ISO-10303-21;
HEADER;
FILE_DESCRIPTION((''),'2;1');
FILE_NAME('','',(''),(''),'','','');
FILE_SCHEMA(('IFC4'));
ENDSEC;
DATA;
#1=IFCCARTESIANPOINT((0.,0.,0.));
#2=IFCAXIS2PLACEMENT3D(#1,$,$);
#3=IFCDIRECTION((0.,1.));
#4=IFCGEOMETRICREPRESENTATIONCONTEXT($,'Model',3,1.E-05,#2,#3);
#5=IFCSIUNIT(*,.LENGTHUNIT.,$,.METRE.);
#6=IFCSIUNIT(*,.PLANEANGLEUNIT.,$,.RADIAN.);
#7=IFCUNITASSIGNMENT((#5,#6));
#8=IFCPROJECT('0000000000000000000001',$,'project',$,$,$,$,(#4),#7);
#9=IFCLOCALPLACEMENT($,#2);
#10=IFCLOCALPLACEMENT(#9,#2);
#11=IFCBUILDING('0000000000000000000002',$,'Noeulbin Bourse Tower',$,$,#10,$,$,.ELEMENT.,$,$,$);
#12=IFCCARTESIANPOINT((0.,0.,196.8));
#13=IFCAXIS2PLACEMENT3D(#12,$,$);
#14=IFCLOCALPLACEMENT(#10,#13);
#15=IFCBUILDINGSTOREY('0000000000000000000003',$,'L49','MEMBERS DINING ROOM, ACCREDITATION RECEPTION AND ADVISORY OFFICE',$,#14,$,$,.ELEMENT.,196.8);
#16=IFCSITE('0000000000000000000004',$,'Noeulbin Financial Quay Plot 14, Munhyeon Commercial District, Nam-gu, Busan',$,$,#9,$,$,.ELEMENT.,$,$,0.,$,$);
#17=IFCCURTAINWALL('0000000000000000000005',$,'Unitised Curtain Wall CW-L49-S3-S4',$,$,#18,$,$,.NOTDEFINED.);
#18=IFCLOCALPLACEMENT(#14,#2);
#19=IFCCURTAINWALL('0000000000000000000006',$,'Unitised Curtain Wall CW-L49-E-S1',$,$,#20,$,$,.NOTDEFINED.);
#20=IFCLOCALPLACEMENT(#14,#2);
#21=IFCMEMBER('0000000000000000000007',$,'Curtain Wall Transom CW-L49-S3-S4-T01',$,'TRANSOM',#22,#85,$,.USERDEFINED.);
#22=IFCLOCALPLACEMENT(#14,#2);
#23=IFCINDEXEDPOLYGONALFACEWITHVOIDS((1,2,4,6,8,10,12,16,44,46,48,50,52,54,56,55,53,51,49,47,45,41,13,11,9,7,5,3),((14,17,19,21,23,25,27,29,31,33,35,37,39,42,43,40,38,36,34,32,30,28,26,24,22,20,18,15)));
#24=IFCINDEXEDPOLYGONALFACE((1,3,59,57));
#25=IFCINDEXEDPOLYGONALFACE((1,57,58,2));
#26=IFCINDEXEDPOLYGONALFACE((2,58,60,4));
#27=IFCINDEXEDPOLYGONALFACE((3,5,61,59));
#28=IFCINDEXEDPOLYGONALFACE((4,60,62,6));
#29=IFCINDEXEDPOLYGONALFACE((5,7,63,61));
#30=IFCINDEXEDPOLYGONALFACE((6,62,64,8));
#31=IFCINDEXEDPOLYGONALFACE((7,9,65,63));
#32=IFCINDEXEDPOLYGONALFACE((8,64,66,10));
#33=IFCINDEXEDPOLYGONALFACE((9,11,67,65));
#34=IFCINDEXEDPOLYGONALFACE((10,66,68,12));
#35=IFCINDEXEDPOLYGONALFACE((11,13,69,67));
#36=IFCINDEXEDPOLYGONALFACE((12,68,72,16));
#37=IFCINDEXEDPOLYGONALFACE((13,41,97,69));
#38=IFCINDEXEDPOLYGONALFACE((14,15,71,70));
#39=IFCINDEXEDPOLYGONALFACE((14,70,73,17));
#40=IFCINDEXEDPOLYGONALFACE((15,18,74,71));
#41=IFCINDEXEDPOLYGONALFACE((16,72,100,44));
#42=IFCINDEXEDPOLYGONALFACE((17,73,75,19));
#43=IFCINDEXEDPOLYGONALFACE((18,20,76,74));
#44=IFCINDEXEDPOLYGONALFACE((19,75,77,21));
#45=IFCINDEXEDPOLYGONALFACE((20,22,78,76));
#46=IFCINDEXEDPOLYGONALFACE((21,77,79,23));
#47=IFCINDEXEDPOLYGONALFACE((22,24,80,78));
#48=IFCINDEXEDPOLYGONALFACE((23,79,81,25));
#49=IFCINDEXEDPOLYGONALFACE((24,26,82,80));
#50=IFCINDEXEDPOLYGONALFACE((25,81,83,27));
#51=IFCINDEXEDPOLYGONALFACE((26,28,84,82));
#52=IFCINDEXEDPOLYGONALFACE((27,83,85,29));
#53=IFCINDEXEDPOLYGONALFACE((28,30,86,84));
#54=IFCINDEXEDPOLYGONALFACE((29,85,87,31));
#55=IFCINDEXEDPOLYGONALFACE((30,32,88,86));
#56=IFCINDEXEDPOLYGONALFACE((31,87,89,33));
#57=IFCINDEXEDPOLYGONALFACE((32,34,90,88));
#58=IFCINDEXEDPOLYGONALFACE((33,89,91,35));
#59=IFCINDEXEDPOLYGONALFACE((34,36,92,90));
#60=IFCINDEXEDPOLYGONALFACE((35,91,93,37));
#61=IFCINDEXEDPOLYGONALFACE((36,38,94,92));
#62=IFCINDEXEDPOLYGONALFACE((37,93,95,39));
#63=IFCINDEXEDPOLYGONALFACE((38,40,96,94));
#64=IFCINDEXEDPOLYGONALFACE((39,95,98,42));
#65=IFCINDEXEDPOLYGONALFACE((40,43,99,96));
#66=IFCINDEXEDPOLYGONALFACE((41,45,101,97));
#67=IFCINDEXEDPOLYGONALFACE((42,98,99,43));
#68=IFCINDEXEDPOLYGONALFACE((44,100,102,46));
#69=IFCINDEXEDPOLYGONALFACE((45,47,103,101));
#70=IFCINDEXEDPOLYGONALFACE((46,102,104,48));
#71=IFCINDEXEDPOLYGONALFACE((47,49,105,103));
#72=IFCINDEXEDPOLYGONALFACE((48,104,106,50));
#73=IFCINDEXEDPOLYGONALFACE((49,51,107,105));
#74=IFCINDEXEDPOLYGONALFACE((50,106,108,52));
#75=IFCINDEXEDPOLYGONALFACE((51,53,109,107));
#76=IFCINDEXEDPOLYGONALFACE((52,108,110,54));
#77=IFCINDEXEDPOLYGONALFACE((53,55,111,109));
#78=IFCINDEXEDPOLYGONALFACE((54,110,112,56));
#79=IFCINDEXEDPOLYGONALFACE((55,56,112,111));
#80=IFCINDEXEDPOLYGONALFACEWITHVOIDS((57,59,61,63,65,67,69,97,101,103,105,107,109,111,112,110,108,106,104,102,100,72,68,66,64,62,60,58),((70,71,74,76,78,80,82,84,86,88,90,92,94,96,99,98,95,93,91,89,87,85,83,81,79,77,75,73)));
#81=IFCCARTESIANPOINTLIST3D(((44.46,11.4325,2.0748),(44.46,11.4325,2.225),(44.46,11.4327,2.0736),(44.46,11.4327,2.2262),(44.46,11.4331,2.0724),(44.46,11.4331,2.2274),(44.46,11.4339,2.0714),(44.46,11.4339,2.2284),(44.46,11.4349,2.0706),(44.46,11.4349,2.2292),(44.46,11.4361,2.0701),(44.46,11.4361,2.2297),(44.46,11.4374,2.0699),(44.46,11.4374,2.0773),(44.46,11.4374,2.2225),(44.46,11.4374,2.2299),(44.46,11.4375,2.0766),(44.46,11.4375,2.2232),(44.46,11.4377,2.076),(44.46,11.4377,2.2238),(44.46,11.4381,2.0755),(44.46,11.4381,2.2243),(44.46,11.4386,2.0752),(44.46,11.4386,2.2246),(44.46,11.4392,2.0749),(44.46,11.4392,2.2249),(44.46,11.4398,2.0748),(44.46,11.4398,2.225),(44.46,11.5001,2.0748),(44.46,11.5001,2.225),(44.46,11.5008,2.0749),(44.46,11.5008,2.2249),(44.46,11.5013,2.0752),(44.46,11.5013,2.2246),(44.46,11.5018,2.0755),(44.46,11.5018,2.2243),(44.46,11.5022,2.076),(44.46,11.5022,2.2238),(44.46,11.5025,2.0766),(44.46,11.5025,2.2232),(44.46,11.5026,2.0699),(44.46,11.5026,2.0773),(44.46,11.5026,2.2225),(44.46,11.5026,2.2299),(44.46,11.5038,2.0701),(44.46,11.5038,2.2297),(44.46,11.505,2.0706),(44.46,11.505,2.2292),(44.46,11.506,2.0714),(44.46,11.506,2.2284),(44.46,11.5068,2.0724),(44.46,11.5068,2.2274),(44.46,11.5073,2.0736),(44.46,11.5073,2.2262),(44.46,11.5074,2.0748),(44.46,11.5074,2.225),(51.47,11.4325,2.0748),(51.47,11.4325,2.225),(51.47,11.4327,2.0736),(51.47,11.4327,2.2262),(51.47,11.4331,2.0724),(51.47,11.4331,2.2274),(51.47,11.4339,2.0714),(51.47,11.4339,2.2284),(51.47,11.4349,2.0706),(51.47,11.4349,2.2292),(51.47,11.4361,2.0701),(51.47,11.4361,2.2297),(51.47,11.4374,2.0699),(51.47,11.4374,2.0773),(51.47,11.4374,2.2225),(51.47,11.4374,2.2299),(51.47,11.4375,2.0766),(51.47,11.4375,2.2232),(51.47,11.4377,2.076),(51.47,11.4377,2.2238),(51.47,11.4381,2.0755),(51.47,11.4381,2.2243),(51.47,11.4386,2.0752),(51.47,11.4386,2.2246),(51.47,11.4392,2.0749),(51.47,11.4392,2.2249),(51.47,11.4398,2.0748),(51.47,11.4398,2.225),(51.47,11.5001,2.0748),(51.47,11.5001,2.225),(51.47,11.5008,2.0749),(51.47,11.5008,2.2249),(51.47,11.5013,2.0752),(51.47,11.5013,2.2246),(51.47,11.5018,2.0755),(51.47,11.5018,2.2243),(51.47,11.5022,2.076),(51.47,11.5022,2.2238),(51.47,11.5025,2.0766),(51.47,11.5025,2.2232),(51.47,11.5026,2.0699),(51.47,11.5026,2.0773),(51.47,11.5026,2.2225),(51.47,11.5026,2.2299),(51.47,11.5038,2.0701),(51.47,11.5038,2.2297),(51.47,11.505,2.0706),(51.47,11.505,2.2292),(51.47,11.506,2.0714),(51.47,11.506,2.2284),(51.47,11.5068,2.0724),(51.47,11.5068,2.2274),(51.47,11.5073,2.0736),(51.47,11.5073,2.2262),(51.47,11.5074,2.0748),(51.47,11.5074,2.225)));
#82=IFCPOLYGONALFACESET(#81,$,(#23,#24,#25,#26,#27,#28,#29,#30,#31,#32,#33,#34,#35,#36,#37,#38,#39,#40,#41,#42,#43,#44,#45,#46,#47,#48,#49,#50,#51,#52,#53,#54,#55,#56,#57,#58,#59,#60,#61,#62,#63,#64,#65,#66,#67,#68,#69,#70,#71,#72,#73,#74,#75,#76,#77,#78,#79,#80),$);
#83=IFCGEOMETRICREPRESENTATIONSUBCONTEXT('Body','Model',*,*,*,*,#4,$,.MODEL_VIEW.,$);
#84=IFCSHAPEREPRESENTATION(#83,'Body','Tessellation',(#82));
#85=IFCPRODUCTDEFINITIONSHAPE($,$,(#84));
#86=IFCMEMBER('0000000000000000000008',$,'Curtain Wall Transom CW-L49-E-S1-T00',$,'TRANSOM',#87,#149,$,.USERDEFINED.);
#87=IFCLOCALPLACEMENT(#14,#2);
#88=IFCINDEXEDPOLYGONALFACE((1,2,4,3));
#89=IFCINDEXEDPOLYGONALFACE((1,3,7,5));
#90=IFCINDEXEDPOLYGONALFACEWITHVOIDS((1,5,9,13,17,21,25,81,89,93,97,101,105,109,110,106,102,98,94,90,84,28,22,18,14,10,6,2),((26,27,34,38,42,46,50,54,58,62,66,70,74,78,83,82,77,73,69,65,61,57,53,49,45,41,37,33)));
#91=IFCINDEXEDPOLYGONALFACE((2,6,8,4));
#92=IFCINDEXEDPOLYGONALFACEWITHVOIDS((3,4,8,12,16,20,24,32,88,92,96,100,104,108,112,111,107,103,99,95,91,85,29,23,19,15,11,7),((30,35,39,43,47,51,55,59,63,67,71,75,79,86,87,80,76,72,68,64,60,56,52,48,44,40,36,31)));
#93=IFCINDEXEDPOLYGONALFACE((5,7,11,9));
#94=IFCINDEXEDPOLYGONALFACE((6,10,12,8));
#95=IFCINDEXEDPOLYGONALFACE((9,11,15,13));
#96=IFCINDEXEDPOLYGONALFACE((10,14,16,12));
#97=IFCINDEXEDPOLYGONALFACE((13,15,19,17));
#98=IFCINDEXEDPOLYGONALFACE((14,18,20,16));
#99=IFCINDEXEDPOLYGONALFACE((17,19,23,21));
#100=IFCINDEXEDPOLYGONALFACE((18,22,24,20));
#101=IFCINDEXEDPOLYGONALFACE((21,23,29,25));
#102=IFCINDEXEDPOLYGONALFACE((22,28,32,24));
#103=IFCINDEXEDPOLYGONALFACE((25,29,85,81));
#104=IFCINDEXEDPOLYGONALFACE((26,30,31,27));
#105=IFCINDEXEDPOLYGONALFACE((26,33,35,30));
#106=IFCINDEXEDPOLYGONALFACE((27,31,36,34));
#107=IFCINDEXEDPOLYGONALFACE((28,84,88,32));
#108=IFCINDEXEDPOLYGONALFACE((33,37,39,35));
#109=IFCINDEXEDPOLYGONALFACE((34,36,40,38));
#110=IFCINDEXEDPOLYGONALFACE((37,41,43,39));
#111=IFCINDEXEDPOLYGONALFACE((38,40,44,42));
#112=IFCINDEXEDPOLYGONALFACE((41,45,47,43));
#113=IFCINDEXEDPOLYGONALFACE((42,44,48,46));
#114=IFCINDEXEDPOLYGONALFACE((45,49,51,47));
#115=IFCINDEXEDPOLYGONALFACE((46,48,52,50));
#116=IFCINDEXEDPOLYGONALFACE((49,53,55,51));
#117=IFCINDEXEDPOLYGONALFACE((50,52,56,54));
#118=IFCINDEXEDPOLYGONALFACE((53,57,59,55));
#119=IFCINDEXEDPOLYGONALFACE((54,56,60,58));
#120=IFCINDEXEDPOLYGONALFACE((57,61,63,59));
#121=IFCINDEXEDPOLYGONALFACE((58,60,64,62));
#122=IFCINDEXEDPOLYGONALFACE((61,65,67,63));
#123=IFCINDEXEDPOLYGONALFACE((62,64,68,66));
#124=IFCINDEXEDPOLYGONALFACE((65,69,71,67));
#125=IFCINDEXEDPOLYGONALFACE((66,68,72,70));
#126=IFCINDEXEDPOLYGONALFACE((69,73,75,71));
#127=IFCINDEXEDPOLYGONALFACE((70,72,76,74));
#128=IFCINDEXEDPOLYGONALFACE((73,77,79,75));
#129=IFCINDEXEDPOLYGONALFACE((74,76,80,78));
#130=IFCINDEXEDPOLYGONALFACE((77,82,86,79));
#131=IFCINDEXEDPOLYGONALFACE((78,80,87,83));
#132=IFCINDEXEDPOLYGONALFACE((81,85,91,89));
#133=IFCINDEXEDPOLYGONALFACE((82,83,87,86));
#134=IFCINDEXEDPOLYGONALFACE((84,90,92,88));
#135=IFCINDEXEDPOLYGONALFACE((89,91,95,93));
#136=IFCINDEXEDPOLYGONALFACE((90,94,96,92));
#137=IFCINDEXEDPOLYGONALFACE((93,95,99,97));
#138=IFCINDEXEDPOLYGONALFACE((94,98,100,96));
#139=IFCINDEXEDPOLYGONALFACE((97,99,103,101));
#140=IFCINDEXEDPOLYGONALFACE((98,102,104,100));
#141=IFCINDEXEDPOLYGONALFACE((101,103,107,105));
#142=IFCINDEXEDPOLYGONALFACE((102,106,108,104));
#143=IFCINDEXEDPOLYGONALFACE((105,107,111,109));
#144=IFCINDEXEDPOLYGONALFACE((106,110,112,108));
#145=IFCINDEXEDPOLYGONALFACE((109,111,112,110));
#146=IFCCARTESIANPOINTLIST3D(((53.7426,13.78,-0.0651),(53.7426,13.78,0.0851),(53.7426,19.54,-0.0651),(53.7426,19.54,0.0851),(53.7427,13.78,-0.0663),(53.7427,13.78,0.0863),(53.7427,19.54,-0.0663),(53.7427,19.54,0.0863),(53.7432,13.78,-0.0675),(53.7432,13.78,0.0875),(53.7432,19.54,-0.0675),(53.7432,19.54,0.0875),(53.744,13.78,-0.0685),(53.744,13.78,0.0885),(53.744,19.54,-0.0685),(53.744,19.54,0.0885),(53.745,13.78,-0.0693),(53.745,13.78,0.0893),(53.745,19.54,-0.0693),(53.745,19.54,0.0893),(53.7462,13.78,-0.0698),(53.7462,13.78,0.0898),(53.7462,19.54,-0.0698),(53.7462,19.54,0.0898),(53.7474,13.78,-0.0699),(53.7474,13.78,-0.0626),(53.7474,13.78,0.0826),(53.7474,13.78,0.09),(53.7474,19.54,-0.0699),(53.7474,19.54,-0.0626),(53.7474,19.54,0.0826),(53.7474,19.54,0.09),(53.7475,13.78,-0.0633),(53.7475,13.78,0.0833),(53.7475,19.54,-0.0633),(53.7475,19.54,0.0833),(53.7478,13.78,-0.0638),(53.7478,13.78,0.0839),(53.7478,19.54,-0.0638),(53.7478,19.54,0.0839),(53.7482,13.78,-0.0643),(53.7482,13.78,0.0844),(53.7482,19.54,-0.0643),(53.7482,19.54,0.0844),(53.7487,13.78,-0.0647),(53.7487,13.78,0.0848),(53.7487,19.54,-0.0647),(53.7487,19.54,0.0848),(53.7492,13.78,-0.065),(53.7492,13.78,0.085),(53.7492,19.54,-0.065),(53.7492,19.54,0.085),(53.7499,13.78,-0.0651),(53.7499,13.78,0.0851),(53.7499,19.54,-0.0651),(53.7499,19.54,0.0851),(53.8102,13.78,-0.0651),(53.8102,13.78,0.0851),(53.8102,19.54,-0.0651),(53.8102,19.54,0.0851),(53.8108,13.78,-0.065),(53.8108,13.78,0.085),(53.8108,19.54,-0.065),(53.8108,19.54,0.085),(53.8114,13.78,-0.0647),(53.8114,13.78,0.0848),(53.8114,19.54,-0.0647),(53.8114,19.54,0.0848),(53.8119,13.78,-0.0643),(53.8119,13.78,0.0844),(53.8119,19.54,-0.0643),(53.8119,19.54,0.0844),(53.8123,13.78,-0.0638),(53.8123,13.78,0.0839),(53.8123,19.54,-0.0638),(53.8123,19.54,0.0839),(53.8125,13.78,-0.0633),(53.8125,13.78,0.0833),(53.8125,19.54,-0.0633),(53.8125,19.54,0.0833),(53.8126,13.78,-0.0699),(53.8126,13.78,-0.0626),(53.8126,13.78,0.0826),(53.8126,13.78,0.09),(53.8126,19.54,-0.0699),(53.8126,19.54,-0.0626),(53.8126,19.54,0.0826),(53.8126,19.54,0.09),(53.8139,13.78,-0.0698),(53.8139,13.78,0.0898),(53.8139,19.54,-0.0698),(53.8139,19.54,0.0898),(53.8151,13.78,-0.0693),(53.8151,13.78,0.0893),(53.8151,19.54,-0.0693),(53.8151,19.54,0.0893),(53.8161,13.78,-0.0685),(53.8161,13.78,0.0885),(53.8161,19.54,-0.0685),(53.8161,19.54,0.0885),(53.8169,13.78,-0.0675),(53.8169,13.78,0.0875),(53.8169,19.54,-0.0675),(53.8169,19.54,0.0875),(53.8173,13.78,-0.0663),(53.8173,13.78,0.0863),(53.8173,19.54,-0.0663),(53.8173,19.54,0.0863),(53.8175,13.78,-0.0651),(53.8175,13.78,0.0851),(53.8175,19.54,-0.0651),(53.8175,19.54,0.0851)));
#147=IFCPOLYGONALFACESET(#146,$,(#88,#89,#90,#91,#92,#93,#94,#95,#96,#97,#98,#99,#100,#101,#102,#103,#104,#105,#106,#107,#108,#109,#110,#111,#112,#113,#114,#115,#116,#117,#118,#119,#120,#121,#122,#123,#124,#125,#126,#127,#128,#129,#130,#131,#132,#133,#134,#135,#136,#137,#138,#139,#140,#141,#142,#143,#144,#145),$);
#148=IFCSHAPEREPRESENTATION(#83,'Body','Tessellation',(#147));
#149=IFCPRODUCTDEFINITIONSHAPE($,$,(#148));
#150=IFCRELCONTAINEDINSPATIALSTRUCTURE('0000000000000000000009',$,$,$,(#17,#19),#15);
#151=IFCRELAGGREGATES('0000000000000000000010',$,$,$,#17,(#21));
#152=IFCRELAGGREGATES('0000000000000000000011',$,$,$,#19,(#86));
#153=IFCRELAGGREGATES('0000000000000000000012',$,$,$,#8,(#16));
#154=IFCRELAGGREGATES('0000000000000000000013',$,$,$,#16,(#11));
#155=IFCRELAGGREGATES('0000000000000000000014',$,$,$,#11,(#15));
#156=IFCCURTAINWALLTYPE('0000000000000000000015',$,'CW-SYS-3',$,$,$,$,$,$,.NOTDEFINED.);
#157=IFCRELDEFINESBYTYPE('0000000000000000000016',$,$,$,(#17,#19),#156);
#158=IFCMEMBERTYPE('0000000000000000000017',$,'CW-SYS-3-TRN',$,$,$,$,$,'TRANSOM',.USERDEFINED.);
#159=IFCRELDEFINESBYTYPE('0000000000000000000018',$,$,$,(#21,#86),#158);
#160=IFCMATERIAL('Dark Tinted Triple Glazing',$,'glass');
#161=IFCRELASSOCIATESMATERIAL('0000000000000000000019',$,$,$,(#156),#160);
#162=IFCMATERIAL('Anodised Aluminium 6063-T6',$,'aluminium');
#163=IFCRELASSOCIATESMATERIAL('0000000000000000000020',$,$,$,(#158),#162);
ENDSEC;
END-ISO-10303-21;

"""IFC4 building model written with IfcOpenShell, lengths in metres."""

from ifc_helpers import new_model, si_unit, direction, frame, origin, origin_2d, place, context, subcontext, project, spatial, hollow_rectangle, extrude, material, material_profile, profile_set, type_object, element, aggregate, save


model = new_model("IFC4")

# Units and contexts
model_context = context("Model", 3, precision=1e-05, world=origin(), true_north=direction((0.0, 1.0)))
body_context = subcontext(model_context, "Body", "Model", "MODEL_VIEW")
ifc_project = project(units=[si_unit("LENGTHUNIT", "METRE"), si_unit("PLANEANGLEUNIT", "RADIAN")], contexts=[model_context])

# Site, building, storey
site_placement = place(None, origin())
site = spatial("IfcSite", under=ifc_project, at=site_placement, Name="Noeulbin Financial Quay Plot 14, Munhyeon Commercial District, Nam-gu, Busan", CompositionType="ELEMENT", RefElevation=0.0)
building_placement = place(site_placement, origin())
building = spatial("IfcBuilding", under=site, at=building_placement, Name="Noeulbin Bourse Tower", CompositionType="ELEMENT")
storey_placement = place(building_placement, frame((0.0, 0.0, 196.8)))
storey = spatial("IfcBuildingStorey", under=building, at=storey_placement, Name="L49", Description="MEMBERS DINING ROOM, ACCREDITATION RECEPTION AND ADVISORY OFFICE", CompositionType="ELEMENT", Elevation=196.8)

# Curtain walls
ifc_material_1 = material(Name="Dark Tinted Triple Glazing", Category="glass")
curtain_wall_type = type_object("IfcCurtainWallType", Name="CW-SYS-3", PredefinedType="NOTDEFINED", material=ifc_material_1)
curtain_wall_1_placement = place(storey_placement, origin())
curtain_wall_1 = element("IfcCurtainWall", 1, at=curtain_wall_1_placement, inside=storey, type_object=curtain_wall_type, Name="Unitised Curtain Wall CW-L49-S3-S4", PredefinedType="NOTDEFINED")
ifc_material_2 = material(Name="Anodised Aluminium 6063-T6", Category="aluminium")
curtain_wall_2_placement = place(storey_placement, origin())
curtain_wall_2 = element("IfcCurtainWall", 2, at=curtain_wall_2_placement, inside=storey, type_object=curtain_wall_type, Name="Unitised Curtain Wall CW-L49-E-S1", PredefinedType="NOTDEFINED")

# Members
ifc_material_profile_1 = material_profile(ifc_material_2, hollow_rectangle(XDim=0.075, YDim=0.1599, WallThickness=0.0049, InnerFilletRadius=0.0024, OuterFilletRadius=0.0049, at=origin_2d()), Name="ALU-TRAN-75x160x5", Category="LoadBearing")
ifc_profile_set_1 = profile_set([ifc_material_profile_1], Name="Anodised Aluminium 6063-T6")
member_type_1 = type_object("IfcMemberType", Name="CW-SYS-3-TRN", ElementType="TRANSOM", PredefinedType="USERDEFINED", material=ifc_profile_set_1)
member_1_placement = place(storey_placement, frame((44.46, 11.47, 2.1499), z_axis=(1.0, 0.0, 0.0), x_axis=(0.0, 1.0, 0.0)))
member_1 = element("IfcMember", 3, at=member_1_placement, type_object=member_type_1, Name="Curtain Wall Transom CW-L49-S3-S4-T01", ObjectType="TRANSOM", PredefinedType="USERDEFINED", context=body_context, shape_type="SweptSolid", body=[
    extrude(hollow_rectangle(XDim=0.075, YDim=0.1599, WallThickness=0.0049, InnerFilletRadius=0.0024, OuterFilletRadius=0.0049, at=origin_2d()), origin(), (0.0, 0.0, 1.0), 7.01),
])
member_2_placement = place(storey_placement, frame((53.78, 13.78, 0.01), z_axis=(0.0, 1.0, 0.0), x_axis=(-1.0, 0.0, 0.0)))
member_2 = element("IfcMember", 4, at=member_2_placement, type_object=member_type_1, Name="Curtain Wall Transom CW-L49-E-S1-T00", ObjectType="TRANSOM", PredefinedType="USERDEFINED", context=body_context, shape_type="SweptSolid", body=[
    extrude(hollow_rectangle(XDim=0.075, YDim=0.1599, WallThickness=0.0049, InnerFilletRadius=0.0024, OuterFilletRadius=0.0049, at=origin_2d()), origin(), (0.0, 0.0, 1.0), 5.76),
])

aggregate(curtain_wall_1, [member_1])
aggregate(curtain_wall_2, [member_2])

save(model, "model.ifc")
